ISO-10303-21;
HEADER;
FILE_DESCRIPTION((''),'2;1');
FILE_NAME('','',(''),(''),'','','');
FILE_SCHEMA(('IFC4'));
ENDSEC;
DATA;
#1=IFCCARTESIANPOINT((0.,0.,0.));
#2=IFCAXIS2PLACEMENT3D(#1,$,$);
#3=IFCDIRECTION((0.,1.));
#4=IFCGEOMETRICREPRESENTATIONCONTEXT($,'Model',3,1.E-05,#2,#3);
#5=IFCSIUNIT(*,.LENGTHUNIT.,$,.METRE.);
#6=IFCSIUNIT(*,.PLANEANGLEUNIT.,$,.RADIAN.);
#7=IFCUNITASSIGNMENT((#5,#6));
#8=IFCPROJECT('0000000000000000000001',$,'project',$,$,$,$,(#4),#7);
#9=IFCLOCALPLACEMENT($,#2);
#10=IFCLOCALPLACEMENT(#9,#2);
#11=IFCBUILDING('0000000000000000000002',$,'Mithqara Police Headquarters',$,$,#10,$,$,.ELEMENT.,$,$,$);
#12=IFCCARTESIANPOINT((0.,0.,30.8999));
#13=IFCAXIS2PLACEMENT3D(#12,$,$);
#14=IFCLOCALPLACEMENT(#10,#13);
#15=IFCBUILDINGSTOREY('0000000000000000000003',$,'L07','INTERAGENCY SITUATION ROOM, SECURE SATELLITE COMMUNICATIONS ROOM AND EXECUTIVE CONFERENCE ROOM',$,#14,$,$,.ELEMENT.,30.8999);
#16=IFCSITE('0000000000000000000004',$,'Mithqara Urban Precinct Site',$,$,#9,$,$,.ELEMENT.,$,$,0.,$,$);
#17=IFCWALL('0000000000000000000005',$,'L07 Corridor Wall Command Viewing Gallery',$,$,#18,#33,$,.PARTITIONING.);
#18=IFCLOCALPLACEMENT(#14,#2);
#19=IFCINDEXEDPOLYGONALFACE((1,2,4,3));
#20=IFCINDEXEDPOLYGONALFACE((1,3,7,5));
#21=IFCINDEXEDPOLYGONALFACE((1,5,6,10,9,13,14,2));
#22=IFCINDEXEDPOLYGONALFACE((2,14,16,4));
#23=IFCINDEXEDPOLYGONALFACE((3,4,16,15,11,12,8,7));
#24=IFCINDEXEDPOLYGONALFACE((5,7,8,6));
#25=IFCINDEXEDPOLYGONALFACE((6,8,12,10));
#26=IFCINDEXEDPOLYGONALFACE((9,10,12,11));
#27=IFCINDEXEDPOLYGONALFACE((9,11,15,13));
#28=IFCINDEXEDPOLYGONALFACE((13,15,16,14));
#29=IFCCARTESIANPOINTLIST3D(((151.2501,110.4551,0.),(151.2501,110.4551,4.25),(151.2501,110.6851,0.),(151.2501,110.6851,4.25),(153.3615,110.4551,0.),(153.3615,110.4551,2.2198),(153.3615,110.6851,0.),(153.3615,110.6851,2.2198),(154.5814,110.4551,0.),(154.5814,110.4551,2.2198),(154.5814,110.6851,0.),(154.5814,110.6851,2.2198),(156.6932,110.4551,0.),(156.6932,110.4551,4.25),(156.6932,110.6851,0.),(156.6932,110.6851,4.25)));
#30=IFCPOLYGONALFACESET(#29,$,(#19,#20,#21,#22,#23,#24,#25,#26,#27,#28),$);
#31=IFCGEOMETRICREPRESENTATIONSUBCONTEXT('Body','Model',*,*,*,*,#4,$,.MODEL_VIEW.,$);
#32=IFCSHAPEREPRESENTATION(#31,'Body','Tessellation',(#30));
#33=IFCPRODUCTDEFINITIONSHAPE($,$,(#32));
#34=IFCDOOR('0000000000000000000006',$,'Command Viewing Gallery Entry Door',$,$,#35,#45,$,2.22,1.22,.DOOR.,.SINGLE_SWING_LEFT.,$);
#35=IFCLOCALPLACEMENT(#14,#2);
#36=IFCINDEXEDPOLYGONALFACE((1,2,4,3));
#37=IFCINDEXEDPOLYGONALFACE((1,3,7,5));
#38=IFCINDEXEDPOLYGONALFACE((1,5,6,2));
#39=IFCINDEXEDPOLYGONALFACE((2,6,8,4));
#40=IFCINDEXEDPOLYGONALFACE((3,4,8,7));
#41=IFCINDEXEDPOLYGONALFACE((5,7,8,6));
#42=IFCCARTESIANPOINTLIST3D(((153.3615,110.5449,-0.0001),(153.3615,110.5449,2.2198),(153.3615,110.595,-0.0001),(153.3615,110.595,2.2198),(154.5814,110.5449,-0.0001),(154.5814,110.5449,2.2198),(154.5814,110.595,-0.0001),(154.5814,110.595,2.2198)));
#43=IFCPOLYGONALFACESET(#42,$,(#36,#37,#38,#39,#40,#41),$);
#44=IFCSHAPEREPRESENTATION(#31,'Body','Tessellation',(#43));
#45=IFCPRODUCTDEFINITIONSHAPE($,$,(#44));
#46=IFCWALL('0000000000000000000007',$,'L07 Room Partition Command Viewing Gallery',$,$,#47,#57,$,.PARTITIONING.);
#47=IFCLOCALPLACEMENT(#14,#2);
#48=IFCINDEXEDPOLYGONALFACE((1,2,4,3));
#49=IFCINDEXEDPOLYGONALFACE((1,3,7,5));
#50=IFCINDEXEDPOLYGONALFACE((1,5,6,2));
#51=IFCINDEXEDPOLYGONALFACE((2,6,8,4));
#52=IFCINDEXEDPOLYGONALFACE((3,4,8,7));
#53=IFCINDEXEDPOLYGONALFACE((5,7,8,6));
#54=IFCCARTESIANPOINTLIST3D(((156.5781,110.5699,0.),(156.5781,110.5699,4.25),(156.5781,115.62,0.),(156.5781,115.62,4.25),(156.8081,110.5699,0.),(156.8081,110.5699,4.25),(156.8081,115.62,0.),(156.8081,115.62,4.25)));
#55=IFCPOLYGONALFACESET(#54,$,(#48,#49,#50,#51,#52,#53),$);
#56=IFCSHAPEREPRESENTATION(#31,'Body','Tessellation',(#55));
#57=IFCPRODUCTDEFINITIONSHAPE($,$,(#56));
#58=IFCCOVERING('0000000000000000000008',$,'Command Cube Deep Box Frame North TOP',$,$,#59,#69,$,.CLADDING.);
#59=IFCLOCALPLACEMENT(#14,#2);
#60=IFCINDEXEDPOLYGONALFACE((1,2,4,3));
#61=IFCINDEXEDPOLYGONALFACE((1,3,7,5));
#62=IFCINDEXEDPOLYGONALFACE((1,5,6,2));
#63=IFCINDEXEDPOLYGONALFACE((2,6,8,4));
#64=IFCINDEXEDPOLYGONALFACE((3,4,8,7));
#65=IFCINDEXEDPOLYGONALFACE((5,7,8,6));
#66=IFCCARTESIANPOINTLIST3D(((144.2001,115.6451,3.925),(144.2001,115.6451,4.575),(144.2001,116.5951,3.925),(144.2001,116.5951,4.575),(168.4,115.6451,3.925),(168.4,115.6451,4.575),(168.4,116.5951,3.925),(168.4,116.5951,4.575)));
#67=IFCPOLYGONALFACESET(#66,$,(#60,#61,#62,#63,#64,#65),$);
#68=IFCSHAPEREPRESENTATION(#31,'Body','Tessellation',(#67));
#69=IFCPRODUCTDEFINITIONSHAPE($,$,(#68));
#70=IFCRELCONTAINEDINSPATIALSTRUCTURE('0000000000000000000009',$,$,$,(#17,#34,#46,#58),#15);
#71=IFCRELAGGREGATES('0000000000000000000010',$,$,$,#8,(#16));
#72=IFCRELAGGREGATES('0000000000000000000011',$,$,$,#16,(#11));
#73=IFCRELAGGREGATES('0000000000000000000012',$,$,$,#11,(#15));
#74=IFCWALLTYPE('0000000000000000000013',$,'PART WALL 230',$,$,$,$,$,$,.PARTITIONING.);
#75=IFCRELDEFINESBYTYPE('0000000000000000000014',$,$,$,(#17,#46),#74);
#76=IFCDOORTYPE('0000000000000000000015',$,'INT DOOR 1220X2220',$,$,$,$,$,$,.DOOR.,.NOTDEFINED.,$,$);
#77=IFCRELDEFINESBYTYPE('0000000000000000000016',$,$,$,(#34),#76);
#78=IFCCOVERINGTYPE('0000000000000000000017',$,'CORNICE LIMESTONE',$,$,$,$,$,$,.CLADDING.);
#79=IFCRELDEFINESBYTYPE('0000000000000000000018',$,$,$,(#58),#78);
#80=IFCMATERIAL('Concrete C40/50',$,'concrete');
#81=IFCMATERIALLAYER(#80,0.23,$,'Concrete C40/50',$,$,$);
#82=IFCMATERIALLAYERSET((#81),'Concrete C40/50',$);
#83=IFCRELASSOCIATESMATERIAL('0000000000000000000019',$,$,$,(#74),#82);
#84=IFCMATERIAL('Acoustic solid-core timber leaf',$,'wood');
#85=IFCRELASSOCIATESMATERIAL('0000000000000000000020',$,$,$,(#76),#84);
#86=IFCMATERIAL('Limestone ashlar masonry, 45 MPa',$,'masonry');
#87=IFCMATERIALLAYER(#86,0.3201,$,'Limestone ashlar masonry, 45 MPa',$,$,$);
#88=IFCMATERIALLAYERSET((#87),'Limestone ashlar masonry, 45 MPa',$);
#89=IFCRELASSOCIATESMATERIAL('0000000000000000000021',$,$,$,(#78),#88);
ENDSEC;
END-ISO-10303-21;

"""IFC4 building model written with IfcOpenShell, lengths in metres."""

from ifc_helpers import new_model, si_unit, direction, frame, frame_2d, origin, origin_2d, place, context, subcontext, project, spatial, rectangle, extrude, material, layer, layer_set, type_object, element, fill, save


model = new_model("IFC4")

# Units and contexts
model_context = context("Model", 3, precision=1e-05, world=origin(), true_north=direction((0.0, 1.0)))
body_context = subcontext(model_context, "Body", "Model", "MODEL_VIEW")
ifc_project = project(units=[si_unit("LENGTHUNIT", "METRE"), si_unit("PLANEANGLEUNIT", "RADIAN")], contexts=[model_context])

# Site, building, storey
site_placement = place(None, origin())
site = spatial("IfcSite", under=ifc_project, at=site_placement, Name="Mithqara Urban Precinct Site", CompositionType="ELEMENT", RefElevation=0.0)
building_placement = place(site_placement, origin())
building = spatial("IfcBuilding", under=site, at=building_placement, Name="Mithqara Police Headquarters", CompositionType="ELEMENT")
storey_placement = place(building_placement, frame((0.0, 0.0, 30.8999)))
storey = spatial("IfcBuildingStorey", under=building, at=storey_placement, Name="L07", Description="INTERAGENCY SITUATION ROOM, SECURE SATELLITE COMMUNICATIONS ROOM AND EXECUTIVE CONFERENCE ROOM", CompositionType="ELEMENT", Elevation=30.8999)

# Shared definitions
ifc_material_1 = material(Name="Concrete C40/50", Category="concrete")
ifc_layer_1 = layer(ifc_material_1, 0.23, Name="Concrete C40/50")
ifc_layer_set_1 = layer_set([ifc_layer_1], Name="Concrete C40/50")
wall_type = type_object("IfcWallType", Name="PART WALL 230", PredefinedType="PARTITIONING", material=ifc_layer_set_1)

# Wall, opening, door
wall_1_placement = place(storey_placement, frame((151.25, 110.5701, 0.0), z_axis=(0.0, 0.0, 1.0), x_axis=(1.0, 0.0, 0.0)))
wall_1 = element("IfcWall", 1, at=wall_1_placement, inside=storey, type_object=wall_type, Name="L07 Corridor Wall Command Viewing Gallery", PredefinedType="PARTITIONING", context=body_context, shape_type="SweptSolid", body=[
    extrude(rectangle(XDim=5.4431, YDim=0.23, at=frame_2d((2.7217, 0.0))), origin(), (0.0, 0.0, 1.0), 4.25),
])
opening_placement = place(wall_1_placement, frame((2.1116, 0.0, 0.0)))
opening = element("IfcOpeningElement", 2, at=opening_placement, cuts=wall_1, PredefinedType="OPENING", context=body_context, shape_type="SweptSolid", body=[
    extrude(rectangle(XDim=1.22, YDim=2.22, at=frame_2d((0.6099, 1.1099))), frame((0.0, 0.125, 0.0), z_axis=(0.0, -1.0, 0.0), x_axis=(1.0, 0.0, 0.0)), (0.0, 0.0, 1.0), 0.25),
])
ifc_material_2 = material(Name="Acoustic solid-core timber leaf", Category="wood")
door_type = type_object("IfcDoorType", Name="INT DOOR 1220X2220", OperationType="NOTDEFINED", PredefinedType="DOOR", material=ifc_material_2)
door_placement = place(opening_placement, origin())
door = element("IfcDoor", 3, at=door_placement, inside=storey, type_object=door_type, Name="Command Viewing Gallery Entry Door", OperationType="SINGLE_SWING_LEFT", OverallHeight=2.22, OverallWidth=1.22, PredefinedType="DOOR", context=body_context, shape_type="SweptSolid", body=[
    extrude(rectangle(XDim=1.22, YDim=2.22, at=frame_2d((0.6099, 1.1099))), frame((0.0, 0.0249, 0.0), z_axis=(0.0, -1.0, 0.0), x_axis=(1.0, 0.0, 0.0)), (0.0, 0.0, 1.0), 0.05),
])
fill(opening, door)

# Wall
wall_2_placement = place(storey_placement, frame((156.6931, 110.5701, 0.0), z_axis=(0.0, 0.0, 1.0), x_axis=(0.0, 1.0, 0.0)))
element("IfcWall", 4, at=wall_2_placement, inside=storey, type_object=wall_type, Name="L07 Room Partition Command Viewing Gallery", PredefinedType="PARTITIONING", context=body_context, shape_type="SweptSolid", body=[
    extrude(rectangle(XDim=5.05, YDim=0.23, at=frame_2d((2.5249, 0.0))), origin(), (0.0, 0.0, 1.0), 4.25),
])

# Covering
ifc_material_3 = material(Name="Limestone ashlar masonry, 45 MPa", Category="masonry")
ifc_layer_2 = layer(ifc_material_3, 0.3201, Name="Limestone ashlar masonry, 45 MPa")
ifc_layer_set_2 = layer_set([ifc_layer_2], Name="Limestone ashlar masonry, 45 MPa")
covering_type = type_object("IfcCoveringType", Name="CORNICE LIMESTONE", PredefinedType="CLADDING", material=ifc_layer_set_2)
covering_placement = place(storey_placement, frame((156.3, 116.1201, 3.925), z_axis=(0.0, 0.0, 1.0), x_axis=(1.0, 0.0, 0.0)))
element("IfcCovering", 5, at=covering_placement, inside=storey, type_object=covering_type, Name="Command Cube Deep Box Frame North TOP", PredefinedType="CLADDING", context=body_context, shape_type="SweptSolid", body=[
    extrude(rectangle(XDim=24.2, YDim=0.95, at=origin_2d()), origin(), (0.0, 0.0, 1.0), 0.6499),
])

save(model, "model.ifc")
